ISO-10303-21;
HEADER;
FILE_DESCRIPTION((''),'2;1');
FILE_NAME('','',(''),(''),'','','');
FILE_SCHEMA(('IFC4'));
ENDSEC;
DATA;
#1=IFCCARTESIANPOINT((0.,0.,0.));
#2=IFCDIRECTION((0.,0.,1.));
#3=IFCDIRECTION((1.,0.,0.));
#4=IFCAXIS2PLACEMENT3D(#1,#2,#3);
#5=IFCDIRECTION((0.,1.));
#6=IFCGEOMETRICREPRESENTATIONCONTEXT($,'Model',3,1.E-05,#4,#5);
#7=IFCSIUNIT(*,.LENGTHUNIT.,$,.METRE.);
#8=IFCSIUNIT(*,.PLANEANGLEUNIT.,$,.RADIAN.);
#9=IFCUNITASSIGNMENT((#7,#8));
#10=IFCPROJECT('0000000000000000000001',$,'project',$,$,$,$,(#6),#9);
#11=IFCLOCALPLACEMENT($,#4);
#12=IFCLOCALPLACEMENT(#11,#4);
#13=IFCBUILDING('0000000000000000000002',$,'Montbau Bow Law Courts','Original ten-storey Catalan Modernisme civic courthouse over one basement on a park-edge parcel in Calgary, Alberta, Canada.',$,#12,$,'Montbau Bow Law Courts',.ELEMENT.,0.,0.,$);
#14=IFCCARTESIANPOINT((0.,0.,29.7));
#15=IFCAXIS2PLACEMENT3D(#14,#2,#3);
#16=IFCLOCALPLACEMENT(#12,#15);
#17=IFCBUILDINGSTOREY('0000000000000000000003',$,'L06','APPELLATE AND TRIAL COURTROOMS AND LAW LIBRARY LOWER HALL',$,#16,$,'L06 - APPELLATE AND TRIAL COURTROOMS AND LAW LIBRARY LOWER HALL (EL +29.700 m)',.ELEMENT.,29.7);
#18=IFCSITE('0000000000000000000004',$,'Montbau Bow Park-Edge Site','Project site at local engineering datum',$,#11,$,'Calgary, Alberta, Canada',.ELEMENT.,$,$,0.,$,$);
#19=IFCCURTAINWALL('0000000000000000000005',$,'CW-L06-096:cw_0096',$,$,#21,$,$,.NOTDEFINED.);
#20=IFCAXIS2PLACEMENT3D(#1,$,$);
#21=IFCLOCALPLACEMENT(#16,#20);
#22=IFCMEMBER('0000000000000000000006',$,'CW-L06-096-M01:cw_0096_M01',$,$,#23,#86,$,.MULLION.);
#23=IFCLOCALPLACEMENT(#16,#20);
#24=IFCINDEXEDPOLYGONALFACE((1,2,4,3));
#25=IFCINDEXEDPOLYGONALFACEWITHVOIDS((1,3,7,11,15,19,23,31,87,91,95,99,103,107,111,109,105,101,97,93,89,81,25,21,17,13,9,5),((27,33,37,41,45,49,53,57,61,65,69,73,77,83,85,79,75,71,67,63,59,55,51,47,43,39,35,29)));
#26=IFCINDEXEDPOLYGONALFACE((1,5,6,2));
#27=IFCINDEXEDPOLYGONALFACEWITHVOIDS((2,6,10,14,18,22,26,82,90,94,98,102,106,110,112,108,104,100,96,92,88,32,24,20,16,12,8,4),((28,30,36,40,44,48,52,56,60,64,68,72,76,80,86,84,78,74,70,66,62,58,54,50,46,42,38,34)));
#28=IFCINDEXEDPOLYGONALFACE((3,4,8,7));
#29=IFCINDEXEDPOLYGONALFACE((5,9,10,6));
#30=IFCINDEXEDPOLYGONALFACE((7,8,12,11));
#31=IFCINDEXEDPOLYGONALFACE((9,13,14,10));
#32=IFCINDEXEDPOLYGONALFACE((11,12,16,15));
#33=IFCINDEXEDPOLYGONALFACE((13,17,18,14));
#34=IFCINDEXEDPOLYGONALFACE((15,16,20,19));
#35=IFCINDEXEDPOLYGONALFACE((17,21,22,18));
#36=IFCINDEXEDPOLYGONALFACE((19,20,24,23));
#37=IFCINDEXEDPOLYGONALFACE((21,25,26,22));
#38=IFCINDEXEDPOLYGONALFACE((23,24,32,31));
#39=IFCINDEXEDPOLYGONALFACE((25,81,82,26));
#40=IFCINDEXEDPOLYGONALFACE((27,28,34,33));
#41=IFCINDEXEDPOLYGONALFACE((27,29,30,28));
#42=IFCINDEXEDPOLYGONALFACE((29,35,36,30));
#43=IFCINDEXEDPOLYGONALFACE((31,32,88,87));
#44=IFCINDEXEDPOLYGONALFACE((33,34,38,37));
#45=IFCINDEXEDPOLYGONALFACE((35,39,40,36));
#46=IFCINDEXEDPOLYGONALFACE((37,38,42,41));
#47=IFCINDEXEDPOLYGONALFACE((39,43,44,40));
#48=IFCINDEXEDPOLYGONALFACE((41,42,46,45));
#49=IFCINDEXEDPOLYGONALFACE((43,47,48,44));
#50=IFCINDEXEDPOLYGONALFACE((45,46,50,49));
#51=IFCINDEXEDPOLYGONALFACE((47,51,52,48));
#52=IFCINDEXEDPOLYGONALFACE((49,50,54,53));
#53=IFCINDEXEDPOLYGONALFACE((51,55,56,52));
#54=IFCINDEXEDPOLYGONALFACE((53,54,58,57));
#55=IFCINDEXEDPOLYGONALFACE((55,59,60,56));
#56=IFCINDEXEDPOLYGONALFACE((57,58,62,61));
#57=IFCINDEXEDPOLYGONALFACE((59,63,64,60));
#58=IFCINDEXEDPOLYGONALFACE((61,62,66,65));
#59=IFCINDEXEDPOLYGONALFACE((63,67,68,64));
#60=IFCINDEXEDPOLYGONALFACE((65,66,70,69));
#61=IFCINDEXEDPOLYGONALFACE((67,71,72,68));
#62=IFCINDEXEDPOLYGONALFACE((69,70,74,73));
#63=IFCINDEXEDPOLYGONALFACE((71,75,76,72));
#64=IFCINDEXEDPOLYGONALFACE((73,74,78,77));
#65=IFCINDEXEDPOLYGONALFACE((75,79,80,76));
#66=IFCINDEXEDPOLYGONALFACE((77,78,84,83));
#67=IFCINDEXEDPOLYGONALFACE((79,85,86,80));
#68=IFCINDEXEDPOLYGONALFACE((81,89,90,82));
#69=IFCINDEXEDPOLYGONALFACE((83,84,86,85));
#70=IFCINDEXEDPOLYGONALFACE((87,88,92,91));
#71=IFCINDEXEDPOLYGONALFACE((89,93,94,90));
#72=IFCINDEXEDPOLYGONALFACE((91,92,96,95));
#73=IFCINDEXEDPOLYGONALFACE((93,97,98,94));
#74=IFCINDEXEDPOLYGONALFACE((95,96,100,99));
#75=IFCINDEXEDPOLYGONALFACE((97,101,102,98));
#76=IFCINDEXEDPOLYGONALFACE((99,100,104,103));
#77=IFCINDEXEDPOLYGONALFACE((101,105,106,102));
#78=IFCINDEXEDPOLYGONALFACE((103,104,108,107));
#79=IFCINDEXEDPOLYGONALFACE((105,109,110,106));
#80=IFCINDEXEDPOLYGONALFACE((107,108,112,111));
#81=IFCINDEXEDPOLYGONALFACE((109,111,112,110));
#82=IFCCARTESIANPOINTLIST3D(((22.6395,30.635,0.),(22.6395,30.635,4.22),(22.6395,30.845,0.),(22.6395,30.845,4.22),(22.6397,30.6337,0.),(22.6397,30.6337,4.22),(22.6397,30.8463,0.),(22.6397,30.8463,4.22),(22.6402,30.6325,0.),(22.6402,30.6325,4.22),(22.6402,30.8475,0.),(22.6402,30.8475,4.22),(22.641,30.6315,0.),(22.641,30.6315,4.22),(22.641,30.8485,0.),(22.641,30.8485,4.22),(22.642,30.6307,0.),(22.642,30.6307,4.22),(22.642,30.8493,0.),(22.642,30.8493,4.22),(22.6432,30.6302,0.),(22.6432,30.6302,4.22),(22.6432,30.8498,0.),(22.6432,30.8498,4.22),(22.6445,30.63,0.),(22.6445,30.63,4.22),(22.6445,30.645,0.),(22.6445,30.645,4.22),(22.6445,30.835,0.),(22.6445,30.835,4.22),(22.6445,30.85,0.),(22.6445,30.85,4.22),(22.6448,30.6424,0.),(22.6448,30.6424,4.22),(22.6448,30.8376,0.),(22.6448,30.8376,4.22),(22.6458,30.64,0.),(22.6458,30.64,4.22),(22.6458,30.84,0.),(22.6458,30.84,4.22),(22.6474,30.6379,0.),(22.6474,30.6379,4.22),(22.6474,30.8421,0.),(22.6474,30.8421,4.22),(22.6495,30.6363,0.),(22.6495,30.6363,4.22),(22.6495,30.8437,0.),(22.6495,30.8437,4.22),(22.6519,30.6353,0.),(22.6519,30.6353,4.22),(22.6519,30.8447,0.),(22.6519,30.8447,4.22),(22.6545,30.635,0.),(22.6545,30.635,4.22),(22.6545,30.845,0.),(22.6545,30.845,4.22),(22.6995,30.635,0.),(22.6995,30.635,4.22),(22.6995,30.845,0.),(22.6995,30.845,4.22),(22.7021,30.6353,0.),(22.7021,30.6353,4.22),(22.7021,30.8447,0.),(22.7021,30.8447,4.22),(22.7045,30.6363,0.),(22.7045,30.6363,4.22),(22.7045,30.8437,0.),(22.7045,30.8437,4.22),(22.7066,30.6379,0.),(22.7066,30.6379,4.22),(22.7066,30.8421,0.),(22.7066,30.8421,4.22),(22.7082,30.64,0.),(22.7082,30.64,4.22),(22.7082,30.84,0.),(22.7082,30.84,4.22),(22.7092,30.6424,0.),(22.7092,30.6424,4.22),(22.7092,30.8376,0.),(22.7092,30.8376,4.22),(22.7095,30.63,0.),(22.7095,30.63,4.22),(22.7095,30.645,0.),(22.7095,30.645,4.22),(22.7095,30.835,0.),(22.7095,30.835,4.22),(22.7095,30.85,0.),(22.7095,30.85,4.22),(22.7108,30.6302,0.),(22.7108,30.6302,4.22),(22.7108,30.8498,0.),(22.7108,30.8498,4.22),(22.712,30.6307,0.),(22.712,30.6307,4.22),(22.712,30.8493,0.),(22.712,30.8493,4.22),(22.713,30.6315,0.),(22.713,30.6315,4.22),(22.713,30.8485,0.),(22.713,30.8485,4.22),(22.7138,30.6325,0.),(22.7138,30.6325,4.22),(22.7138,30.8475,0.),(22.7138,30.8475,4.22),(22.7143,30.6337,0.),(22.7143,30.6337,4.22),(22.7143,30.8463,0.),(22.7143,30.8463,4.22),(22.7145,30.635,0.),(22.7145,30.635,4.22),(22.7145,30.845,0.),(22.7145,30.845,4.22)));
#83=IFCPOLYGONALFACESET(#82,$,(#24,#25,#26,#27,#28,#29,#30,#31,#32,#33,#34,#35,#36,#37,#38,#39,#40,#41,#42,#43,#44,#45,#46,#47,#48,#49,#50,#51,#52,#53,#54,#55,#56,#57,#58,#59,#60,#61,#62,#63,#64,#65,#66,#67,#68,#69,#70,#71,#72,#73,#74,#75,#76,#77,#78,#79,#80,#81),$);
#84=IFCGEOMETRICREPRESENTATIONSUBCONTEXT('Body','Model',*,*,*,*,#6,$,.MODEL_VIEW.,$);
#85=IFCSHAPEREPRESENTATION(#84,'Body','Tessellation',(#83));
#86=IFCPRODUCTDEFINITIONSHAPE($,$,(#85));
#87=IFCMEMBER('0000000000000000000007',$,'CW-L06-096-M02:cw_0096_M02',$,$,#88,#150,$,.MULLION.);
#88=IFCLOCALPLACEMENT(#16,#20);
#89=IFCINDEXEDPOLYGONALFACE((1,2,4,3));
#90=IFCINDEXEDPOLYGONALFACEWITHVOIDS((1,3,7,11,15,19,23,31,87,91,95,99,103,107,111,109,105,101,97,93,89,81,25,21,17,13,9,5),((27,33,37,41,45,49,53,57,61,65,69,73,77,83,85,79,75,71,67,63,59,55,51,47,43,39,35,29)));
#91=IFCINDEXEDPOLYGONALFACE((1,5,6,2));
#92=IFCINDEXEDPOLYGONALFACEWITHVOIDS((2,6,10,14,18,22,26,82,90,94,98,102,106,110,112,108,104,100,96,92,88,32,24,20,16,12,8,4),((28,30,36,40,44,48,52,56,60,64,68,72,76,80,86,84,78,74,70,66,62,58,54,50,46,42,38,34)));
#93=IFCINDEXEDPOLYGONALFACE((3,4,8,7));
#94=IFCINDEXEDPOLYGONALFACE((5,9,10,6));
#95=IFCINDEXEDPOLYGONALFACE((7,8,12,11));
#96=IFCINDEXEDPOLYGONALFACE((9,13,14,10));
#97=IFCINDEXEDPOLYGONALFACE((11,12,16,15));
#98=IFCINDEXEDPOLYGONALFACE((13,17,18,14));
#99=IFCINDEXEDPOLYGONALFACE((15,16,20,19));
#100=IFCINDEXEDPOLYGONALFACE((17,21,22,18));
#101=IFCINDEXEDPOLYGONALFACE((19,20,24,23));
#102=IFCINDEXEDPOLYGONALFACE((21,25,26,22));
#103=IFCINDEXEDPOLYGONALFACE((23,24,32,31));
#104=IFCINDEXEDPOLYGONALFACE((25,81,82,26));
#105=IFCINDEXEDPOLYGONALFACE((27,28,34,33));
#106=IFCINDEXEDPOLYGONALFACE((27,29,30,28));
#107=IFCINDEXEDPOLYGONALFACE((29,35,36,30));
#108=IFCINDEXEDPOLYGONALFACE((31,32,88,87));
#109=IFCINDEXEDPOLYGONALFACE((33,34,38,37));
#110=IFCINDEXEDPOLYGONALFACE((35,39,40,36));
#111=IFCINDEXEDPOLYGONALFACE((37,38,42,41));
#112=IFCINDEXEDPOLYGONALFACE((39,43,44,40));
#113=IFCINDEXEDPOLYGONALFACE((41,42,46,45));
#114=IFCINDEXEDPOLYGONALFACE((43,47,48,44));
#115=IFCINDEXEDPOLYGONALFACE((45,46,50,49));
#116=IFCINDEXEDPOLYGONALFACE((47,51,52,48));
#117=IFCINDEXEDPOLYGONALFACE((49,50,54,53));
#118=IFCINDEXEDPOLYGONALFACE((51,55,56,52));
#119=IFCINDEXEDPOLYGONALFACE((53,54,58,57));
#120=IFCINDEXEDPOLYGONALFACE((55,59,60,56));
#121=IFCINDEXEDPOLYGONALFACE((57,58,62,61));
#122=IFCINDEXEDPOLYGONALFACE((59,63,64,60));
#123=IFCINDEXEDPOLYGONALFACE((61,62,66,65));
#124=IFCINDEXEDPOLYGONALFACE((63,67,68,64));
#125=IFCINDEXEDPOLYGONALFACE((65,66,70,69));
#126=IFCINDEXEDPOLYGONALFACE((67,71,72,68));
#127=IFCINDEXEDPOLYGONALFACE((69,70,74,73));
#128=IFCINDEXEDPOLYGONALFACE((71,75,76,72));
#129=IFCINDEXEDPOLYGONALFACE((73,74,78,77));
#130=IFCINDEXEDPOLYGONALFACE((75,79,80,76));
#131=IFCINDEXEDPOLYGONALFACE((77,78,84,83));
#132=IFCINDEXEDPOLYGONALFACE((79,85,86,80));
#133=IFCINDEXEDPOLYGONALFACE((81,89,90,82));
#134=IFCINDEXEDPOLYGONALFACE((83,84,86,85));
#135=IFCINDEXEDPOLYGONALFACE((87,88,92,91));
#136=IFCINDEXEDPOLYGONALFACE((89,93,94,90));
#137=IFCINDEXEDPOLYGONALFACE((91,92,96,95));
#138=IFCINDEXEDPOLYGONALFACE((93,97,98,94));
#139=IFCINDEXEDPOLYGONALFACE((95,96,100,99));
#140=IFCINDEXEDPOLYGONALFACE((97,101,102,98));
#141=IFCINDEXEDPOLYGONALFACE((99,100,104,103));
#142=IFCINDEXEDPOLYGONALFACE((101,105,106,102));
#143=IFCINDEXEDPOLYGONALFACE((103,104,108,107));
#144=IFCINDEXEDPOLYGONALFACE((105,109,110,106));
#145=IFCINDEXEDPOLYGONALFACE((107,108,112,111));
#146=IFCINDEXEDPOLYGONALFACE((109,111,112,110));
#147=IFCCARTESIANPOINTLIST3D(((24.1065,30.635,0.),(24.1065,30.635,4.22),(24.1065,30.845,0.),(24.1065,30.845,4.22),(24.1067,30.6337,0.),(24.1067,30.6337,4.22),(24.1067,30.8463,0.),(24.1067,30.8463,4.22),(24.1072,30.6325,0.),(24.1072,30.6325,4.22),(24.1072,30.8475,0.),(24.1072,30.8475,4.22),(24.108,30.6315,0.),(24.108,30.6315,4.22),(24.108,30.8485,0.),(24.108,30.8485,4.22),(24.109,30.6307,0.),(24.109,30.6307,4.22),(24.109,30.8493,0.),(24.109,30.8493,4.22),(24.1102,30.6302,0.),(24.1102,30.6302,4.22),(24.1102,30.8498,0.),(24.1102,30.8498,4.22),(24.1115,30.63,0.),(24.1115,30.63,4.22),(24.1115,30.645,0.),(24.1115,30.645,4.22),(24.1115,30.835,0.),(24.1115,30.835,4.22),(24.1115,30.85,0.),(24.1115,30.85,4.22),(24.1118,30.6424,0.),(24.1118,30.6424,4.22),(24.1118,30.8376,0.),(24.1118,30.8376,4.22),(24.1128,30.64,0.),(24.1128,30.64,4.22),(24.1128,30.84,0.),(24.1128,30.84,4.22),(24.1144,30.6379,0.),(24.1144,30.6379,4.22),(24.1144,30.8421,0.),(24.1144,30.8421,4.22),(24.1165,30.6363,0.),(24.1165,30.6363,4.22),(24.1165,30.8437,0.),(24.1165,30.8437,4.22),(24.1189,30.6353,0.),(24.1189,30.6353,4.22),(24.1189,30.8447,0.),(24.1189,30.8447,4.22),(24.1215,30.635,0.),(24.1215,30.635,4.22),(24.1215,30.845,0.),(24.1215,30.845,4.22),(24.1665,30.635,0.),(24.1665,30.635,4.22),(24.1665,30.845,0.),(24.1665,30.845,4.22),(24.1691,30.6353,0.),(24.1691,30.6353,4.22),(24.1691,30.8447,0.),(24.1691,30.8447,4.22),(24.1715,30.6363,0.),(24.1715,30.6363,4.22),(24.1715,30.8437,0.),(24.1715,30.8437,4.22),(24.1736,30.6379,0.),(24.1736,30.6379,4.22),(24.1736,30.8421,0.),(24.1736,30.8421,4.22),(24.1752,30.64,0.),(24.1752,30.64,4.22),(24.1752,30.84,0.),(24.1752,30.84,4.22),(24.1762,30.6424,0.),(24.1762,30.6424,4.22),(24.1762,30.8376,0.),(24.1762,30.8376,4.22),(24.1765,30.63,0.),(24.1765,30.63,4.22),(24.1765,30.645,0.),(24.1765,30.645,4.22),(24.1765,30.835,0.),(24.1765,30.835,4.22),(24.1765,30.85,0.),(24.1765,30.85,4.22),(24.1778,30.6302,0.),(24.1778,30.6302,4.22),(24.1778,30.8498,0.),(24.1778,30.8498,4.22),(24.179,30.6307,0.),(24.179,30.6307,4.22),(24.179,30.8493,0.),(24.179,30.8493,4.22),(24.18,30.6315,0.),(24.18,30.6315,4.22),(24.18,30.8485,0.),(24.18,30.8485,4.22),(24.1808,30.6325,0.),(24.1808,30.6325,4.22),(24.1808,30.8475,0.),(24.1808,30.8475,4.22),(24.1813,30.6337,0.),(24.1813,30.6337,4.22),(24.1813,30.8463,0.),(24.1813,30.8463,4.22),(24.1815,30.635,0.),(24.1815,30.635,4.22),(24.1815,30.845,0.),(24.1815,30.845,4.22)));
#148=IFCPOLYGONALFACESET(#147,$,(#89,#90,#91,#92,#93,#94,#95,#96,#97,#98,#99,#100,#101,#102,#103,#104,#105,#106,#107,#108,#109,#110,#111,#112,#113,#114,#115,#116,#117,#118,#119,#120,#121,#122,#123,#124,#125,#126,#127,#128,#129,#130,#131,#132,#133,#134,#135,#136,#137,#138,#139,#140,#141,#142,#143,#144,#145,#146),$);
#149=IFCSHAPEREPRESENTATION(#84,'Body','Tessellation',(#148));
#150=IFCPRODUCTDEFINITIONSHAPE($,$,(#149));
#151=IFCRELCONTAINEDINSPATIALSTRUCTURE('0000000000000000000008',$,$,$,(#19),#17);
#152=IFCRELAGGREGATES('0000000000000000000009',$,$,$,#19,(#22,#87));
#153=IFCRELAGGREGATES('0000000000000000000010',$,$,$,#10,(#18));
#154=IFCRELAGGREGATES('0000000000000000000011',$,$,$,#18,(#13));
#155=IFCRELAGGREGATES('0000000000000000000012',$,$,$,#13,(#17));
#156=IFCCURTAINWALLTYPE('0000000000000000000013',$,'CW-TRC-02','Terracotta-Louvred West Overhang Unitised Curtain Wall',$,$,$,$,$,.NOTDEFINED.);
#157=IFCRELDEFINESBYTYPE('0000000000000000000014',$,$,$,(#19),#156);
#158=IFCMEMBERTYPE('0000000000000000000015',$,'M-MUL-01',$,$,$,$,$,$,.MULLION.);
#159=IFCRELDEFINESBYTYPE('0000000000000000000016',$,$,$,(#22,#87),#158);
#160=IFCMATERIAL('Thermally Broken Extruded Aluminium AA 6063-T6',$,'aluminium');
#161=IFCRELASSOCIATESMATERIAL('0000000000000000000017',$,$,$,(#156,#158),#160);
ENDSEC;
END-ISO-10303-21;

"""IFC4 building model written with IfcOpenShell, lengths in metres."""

from ifc_helpers import new_model, si_unit, direction, frame, origin_with_axes, origin_2d_with_axis, place, context, subcontext, project, spatial, hollow_rectangle, extrude, material, material_profile, profile_set, type_object, element, aggregate, save


model = new_model("IFC4")

# Units and contexts
model_context = context("Model", 3, precision=1e-05, world=origin_with_axes(), true_north=direction((0.0, 1.0)))
body_context = subcontext(model_context, "Body", "Model", "MODEL_VIEW")
ifc_project = project(units=[si_unit("LENGTHUNIT", "METRE"), si_unit("PLANEANGLEUNIT", "RADIAN")], contexts=[model_context])

# Site, building, storey
site_placement = place(None, origin_with_axes())
site = spatial("IfcSite", under=ifc_project, at=site_placement, Name="Montbau Bow Park-Edge Site", Description="Project site at local engineering datum", LongName="Calgary, Alberta, Canada", CompositionType="ELEMENT", RefElevation=0.0)
building_placement = place(site_placement, origin_with_axes())
building = spatial("IfcBuilding", under=site, at=building_placement, Name="Montbau Bow Law Courts", Description="Original ten-storey Catalan Modernisme civic courthouse over one basement on a park-edge parcel in Calgary, Alberta, Canada.", LongName="Montbau Bow Law Courts", CompositionType="ELEMENT", ElevationOfRefHeight=0.0, ElevationOfTerrain=0.0)
storey_placement = place(building_placement, frame((0.0, 0.0, 29.7), z_axis=(0.0, 0.0, 1.0), x_axis=(1.0, 0.0, 0.0)))
storey = spatial("IfcBuildingStorey", under=building, at=storey_placement, Name="L06", Description="APPELLATE AND TRIAL COURTROOMS AND LAW LIBRARY LOWER HALL", LongName="L06 - APPELLATE AND TRIAL COURTROOMS AND LAW LIBRARY LOWER HALL (EL +29.700 m)", CompositionType="ELEMENT", Elevation=29.7)

# Curtain wall, members
ifc_material_1 = material(Name="Thermally Broken Extruded Aluminium AA 6063-T6", Category="aluminium")
curtain_wall_type = type_object("IfcCurtainWallType", Name="CW-TRC-02", Description="Terracotta-Louvred West Overhang Unitised Curtain Wall", PredefinedType="NOTDEFINED", material=ifc_material_1)
curtain_wall_placement = place(None, frame((22.64, 30.74, 29.7), z_axis=(0.0, 0.0, 1.0), x_axis=(1.0, 0.0, 0.0)))
curtain_wall = element("IfcCurtainWall", 1, at=curtain_wall_placement, inside=storey, type_object=curtain_wall_type, Name="CW-L06-096:cw_0096", PredefinedType="NOTDEFINED")
ifc_material_profile_1 = material_profile(ifc_material_1, hollow_rectangle(XDim=0.075, YDim=0.22, WallThickness=0.005, InnerFilletRadius=0.01, OuterFilletRadius=0.005, at=origin_2d_with_axis()), Name="CWM-220X75", Category="Main", Priority=0)
ifc_profile_set_1 = profile_set([ifc_material_profile_1], Name="Thermally Broken Extruded Aluminium AA 6063-T6")
member_type_1 = type_object("IfcMemberType", Name="M-MUL-01", PredefinedType="MULLION", material=ifc_profile_set_1)
member_1_placement = place(None, frame((22.677, 30.74, 29.7), z_axis=(0.0, 0.0, 1.0), x_axis=(1.0, 0.0, 0.0)))
member_1 = element("IfcMember", 2, at=member_1_placement, type_object=member_type_1, Name="CW-L06-096-M01:cw_0096_M01", PredefinedType="MULLION", context=body_context, shape_type="SweptSolid", body=[
    extrude(hollow_rectangle(XDim=0.075, YDim=0.22, WallThickness=0.005, InnerFilletRadius=0.01, OuterFilletRadius=0.005, at=origin_2d_with_axis()), origin_with_axes(), (0.0, 0.0, 1.0), 4.22),
])
member_2_placement = place(None, frame((24.144, 30.74, 29.7), z_axis=(0.0, 0.0, 1.0), x_axis=(1.0, 0.0, 0.0)))
member_2 = element("IfcMember", 3, at=member_2_placement, type_object=member_type_1, Name="CW-L06-096-M02:cw_0096_M02", PredefinedType="MULLION", context=body_context, shape_type="SweptSolid", body=[
    extrude(hollow_rectangle(XDim=0.075, YDim=0.22, WallThickness=0.005, InnerFilletRadius=0.01, OuterFilletRadius=0.005, at=origin_2d_with_axis()), origin_with_axes(), (0.0, 0.0, 1.0), 4.22),
])
aggregate(curtain_wall, [member_1, member_2])

save(model, "model.ifc")
